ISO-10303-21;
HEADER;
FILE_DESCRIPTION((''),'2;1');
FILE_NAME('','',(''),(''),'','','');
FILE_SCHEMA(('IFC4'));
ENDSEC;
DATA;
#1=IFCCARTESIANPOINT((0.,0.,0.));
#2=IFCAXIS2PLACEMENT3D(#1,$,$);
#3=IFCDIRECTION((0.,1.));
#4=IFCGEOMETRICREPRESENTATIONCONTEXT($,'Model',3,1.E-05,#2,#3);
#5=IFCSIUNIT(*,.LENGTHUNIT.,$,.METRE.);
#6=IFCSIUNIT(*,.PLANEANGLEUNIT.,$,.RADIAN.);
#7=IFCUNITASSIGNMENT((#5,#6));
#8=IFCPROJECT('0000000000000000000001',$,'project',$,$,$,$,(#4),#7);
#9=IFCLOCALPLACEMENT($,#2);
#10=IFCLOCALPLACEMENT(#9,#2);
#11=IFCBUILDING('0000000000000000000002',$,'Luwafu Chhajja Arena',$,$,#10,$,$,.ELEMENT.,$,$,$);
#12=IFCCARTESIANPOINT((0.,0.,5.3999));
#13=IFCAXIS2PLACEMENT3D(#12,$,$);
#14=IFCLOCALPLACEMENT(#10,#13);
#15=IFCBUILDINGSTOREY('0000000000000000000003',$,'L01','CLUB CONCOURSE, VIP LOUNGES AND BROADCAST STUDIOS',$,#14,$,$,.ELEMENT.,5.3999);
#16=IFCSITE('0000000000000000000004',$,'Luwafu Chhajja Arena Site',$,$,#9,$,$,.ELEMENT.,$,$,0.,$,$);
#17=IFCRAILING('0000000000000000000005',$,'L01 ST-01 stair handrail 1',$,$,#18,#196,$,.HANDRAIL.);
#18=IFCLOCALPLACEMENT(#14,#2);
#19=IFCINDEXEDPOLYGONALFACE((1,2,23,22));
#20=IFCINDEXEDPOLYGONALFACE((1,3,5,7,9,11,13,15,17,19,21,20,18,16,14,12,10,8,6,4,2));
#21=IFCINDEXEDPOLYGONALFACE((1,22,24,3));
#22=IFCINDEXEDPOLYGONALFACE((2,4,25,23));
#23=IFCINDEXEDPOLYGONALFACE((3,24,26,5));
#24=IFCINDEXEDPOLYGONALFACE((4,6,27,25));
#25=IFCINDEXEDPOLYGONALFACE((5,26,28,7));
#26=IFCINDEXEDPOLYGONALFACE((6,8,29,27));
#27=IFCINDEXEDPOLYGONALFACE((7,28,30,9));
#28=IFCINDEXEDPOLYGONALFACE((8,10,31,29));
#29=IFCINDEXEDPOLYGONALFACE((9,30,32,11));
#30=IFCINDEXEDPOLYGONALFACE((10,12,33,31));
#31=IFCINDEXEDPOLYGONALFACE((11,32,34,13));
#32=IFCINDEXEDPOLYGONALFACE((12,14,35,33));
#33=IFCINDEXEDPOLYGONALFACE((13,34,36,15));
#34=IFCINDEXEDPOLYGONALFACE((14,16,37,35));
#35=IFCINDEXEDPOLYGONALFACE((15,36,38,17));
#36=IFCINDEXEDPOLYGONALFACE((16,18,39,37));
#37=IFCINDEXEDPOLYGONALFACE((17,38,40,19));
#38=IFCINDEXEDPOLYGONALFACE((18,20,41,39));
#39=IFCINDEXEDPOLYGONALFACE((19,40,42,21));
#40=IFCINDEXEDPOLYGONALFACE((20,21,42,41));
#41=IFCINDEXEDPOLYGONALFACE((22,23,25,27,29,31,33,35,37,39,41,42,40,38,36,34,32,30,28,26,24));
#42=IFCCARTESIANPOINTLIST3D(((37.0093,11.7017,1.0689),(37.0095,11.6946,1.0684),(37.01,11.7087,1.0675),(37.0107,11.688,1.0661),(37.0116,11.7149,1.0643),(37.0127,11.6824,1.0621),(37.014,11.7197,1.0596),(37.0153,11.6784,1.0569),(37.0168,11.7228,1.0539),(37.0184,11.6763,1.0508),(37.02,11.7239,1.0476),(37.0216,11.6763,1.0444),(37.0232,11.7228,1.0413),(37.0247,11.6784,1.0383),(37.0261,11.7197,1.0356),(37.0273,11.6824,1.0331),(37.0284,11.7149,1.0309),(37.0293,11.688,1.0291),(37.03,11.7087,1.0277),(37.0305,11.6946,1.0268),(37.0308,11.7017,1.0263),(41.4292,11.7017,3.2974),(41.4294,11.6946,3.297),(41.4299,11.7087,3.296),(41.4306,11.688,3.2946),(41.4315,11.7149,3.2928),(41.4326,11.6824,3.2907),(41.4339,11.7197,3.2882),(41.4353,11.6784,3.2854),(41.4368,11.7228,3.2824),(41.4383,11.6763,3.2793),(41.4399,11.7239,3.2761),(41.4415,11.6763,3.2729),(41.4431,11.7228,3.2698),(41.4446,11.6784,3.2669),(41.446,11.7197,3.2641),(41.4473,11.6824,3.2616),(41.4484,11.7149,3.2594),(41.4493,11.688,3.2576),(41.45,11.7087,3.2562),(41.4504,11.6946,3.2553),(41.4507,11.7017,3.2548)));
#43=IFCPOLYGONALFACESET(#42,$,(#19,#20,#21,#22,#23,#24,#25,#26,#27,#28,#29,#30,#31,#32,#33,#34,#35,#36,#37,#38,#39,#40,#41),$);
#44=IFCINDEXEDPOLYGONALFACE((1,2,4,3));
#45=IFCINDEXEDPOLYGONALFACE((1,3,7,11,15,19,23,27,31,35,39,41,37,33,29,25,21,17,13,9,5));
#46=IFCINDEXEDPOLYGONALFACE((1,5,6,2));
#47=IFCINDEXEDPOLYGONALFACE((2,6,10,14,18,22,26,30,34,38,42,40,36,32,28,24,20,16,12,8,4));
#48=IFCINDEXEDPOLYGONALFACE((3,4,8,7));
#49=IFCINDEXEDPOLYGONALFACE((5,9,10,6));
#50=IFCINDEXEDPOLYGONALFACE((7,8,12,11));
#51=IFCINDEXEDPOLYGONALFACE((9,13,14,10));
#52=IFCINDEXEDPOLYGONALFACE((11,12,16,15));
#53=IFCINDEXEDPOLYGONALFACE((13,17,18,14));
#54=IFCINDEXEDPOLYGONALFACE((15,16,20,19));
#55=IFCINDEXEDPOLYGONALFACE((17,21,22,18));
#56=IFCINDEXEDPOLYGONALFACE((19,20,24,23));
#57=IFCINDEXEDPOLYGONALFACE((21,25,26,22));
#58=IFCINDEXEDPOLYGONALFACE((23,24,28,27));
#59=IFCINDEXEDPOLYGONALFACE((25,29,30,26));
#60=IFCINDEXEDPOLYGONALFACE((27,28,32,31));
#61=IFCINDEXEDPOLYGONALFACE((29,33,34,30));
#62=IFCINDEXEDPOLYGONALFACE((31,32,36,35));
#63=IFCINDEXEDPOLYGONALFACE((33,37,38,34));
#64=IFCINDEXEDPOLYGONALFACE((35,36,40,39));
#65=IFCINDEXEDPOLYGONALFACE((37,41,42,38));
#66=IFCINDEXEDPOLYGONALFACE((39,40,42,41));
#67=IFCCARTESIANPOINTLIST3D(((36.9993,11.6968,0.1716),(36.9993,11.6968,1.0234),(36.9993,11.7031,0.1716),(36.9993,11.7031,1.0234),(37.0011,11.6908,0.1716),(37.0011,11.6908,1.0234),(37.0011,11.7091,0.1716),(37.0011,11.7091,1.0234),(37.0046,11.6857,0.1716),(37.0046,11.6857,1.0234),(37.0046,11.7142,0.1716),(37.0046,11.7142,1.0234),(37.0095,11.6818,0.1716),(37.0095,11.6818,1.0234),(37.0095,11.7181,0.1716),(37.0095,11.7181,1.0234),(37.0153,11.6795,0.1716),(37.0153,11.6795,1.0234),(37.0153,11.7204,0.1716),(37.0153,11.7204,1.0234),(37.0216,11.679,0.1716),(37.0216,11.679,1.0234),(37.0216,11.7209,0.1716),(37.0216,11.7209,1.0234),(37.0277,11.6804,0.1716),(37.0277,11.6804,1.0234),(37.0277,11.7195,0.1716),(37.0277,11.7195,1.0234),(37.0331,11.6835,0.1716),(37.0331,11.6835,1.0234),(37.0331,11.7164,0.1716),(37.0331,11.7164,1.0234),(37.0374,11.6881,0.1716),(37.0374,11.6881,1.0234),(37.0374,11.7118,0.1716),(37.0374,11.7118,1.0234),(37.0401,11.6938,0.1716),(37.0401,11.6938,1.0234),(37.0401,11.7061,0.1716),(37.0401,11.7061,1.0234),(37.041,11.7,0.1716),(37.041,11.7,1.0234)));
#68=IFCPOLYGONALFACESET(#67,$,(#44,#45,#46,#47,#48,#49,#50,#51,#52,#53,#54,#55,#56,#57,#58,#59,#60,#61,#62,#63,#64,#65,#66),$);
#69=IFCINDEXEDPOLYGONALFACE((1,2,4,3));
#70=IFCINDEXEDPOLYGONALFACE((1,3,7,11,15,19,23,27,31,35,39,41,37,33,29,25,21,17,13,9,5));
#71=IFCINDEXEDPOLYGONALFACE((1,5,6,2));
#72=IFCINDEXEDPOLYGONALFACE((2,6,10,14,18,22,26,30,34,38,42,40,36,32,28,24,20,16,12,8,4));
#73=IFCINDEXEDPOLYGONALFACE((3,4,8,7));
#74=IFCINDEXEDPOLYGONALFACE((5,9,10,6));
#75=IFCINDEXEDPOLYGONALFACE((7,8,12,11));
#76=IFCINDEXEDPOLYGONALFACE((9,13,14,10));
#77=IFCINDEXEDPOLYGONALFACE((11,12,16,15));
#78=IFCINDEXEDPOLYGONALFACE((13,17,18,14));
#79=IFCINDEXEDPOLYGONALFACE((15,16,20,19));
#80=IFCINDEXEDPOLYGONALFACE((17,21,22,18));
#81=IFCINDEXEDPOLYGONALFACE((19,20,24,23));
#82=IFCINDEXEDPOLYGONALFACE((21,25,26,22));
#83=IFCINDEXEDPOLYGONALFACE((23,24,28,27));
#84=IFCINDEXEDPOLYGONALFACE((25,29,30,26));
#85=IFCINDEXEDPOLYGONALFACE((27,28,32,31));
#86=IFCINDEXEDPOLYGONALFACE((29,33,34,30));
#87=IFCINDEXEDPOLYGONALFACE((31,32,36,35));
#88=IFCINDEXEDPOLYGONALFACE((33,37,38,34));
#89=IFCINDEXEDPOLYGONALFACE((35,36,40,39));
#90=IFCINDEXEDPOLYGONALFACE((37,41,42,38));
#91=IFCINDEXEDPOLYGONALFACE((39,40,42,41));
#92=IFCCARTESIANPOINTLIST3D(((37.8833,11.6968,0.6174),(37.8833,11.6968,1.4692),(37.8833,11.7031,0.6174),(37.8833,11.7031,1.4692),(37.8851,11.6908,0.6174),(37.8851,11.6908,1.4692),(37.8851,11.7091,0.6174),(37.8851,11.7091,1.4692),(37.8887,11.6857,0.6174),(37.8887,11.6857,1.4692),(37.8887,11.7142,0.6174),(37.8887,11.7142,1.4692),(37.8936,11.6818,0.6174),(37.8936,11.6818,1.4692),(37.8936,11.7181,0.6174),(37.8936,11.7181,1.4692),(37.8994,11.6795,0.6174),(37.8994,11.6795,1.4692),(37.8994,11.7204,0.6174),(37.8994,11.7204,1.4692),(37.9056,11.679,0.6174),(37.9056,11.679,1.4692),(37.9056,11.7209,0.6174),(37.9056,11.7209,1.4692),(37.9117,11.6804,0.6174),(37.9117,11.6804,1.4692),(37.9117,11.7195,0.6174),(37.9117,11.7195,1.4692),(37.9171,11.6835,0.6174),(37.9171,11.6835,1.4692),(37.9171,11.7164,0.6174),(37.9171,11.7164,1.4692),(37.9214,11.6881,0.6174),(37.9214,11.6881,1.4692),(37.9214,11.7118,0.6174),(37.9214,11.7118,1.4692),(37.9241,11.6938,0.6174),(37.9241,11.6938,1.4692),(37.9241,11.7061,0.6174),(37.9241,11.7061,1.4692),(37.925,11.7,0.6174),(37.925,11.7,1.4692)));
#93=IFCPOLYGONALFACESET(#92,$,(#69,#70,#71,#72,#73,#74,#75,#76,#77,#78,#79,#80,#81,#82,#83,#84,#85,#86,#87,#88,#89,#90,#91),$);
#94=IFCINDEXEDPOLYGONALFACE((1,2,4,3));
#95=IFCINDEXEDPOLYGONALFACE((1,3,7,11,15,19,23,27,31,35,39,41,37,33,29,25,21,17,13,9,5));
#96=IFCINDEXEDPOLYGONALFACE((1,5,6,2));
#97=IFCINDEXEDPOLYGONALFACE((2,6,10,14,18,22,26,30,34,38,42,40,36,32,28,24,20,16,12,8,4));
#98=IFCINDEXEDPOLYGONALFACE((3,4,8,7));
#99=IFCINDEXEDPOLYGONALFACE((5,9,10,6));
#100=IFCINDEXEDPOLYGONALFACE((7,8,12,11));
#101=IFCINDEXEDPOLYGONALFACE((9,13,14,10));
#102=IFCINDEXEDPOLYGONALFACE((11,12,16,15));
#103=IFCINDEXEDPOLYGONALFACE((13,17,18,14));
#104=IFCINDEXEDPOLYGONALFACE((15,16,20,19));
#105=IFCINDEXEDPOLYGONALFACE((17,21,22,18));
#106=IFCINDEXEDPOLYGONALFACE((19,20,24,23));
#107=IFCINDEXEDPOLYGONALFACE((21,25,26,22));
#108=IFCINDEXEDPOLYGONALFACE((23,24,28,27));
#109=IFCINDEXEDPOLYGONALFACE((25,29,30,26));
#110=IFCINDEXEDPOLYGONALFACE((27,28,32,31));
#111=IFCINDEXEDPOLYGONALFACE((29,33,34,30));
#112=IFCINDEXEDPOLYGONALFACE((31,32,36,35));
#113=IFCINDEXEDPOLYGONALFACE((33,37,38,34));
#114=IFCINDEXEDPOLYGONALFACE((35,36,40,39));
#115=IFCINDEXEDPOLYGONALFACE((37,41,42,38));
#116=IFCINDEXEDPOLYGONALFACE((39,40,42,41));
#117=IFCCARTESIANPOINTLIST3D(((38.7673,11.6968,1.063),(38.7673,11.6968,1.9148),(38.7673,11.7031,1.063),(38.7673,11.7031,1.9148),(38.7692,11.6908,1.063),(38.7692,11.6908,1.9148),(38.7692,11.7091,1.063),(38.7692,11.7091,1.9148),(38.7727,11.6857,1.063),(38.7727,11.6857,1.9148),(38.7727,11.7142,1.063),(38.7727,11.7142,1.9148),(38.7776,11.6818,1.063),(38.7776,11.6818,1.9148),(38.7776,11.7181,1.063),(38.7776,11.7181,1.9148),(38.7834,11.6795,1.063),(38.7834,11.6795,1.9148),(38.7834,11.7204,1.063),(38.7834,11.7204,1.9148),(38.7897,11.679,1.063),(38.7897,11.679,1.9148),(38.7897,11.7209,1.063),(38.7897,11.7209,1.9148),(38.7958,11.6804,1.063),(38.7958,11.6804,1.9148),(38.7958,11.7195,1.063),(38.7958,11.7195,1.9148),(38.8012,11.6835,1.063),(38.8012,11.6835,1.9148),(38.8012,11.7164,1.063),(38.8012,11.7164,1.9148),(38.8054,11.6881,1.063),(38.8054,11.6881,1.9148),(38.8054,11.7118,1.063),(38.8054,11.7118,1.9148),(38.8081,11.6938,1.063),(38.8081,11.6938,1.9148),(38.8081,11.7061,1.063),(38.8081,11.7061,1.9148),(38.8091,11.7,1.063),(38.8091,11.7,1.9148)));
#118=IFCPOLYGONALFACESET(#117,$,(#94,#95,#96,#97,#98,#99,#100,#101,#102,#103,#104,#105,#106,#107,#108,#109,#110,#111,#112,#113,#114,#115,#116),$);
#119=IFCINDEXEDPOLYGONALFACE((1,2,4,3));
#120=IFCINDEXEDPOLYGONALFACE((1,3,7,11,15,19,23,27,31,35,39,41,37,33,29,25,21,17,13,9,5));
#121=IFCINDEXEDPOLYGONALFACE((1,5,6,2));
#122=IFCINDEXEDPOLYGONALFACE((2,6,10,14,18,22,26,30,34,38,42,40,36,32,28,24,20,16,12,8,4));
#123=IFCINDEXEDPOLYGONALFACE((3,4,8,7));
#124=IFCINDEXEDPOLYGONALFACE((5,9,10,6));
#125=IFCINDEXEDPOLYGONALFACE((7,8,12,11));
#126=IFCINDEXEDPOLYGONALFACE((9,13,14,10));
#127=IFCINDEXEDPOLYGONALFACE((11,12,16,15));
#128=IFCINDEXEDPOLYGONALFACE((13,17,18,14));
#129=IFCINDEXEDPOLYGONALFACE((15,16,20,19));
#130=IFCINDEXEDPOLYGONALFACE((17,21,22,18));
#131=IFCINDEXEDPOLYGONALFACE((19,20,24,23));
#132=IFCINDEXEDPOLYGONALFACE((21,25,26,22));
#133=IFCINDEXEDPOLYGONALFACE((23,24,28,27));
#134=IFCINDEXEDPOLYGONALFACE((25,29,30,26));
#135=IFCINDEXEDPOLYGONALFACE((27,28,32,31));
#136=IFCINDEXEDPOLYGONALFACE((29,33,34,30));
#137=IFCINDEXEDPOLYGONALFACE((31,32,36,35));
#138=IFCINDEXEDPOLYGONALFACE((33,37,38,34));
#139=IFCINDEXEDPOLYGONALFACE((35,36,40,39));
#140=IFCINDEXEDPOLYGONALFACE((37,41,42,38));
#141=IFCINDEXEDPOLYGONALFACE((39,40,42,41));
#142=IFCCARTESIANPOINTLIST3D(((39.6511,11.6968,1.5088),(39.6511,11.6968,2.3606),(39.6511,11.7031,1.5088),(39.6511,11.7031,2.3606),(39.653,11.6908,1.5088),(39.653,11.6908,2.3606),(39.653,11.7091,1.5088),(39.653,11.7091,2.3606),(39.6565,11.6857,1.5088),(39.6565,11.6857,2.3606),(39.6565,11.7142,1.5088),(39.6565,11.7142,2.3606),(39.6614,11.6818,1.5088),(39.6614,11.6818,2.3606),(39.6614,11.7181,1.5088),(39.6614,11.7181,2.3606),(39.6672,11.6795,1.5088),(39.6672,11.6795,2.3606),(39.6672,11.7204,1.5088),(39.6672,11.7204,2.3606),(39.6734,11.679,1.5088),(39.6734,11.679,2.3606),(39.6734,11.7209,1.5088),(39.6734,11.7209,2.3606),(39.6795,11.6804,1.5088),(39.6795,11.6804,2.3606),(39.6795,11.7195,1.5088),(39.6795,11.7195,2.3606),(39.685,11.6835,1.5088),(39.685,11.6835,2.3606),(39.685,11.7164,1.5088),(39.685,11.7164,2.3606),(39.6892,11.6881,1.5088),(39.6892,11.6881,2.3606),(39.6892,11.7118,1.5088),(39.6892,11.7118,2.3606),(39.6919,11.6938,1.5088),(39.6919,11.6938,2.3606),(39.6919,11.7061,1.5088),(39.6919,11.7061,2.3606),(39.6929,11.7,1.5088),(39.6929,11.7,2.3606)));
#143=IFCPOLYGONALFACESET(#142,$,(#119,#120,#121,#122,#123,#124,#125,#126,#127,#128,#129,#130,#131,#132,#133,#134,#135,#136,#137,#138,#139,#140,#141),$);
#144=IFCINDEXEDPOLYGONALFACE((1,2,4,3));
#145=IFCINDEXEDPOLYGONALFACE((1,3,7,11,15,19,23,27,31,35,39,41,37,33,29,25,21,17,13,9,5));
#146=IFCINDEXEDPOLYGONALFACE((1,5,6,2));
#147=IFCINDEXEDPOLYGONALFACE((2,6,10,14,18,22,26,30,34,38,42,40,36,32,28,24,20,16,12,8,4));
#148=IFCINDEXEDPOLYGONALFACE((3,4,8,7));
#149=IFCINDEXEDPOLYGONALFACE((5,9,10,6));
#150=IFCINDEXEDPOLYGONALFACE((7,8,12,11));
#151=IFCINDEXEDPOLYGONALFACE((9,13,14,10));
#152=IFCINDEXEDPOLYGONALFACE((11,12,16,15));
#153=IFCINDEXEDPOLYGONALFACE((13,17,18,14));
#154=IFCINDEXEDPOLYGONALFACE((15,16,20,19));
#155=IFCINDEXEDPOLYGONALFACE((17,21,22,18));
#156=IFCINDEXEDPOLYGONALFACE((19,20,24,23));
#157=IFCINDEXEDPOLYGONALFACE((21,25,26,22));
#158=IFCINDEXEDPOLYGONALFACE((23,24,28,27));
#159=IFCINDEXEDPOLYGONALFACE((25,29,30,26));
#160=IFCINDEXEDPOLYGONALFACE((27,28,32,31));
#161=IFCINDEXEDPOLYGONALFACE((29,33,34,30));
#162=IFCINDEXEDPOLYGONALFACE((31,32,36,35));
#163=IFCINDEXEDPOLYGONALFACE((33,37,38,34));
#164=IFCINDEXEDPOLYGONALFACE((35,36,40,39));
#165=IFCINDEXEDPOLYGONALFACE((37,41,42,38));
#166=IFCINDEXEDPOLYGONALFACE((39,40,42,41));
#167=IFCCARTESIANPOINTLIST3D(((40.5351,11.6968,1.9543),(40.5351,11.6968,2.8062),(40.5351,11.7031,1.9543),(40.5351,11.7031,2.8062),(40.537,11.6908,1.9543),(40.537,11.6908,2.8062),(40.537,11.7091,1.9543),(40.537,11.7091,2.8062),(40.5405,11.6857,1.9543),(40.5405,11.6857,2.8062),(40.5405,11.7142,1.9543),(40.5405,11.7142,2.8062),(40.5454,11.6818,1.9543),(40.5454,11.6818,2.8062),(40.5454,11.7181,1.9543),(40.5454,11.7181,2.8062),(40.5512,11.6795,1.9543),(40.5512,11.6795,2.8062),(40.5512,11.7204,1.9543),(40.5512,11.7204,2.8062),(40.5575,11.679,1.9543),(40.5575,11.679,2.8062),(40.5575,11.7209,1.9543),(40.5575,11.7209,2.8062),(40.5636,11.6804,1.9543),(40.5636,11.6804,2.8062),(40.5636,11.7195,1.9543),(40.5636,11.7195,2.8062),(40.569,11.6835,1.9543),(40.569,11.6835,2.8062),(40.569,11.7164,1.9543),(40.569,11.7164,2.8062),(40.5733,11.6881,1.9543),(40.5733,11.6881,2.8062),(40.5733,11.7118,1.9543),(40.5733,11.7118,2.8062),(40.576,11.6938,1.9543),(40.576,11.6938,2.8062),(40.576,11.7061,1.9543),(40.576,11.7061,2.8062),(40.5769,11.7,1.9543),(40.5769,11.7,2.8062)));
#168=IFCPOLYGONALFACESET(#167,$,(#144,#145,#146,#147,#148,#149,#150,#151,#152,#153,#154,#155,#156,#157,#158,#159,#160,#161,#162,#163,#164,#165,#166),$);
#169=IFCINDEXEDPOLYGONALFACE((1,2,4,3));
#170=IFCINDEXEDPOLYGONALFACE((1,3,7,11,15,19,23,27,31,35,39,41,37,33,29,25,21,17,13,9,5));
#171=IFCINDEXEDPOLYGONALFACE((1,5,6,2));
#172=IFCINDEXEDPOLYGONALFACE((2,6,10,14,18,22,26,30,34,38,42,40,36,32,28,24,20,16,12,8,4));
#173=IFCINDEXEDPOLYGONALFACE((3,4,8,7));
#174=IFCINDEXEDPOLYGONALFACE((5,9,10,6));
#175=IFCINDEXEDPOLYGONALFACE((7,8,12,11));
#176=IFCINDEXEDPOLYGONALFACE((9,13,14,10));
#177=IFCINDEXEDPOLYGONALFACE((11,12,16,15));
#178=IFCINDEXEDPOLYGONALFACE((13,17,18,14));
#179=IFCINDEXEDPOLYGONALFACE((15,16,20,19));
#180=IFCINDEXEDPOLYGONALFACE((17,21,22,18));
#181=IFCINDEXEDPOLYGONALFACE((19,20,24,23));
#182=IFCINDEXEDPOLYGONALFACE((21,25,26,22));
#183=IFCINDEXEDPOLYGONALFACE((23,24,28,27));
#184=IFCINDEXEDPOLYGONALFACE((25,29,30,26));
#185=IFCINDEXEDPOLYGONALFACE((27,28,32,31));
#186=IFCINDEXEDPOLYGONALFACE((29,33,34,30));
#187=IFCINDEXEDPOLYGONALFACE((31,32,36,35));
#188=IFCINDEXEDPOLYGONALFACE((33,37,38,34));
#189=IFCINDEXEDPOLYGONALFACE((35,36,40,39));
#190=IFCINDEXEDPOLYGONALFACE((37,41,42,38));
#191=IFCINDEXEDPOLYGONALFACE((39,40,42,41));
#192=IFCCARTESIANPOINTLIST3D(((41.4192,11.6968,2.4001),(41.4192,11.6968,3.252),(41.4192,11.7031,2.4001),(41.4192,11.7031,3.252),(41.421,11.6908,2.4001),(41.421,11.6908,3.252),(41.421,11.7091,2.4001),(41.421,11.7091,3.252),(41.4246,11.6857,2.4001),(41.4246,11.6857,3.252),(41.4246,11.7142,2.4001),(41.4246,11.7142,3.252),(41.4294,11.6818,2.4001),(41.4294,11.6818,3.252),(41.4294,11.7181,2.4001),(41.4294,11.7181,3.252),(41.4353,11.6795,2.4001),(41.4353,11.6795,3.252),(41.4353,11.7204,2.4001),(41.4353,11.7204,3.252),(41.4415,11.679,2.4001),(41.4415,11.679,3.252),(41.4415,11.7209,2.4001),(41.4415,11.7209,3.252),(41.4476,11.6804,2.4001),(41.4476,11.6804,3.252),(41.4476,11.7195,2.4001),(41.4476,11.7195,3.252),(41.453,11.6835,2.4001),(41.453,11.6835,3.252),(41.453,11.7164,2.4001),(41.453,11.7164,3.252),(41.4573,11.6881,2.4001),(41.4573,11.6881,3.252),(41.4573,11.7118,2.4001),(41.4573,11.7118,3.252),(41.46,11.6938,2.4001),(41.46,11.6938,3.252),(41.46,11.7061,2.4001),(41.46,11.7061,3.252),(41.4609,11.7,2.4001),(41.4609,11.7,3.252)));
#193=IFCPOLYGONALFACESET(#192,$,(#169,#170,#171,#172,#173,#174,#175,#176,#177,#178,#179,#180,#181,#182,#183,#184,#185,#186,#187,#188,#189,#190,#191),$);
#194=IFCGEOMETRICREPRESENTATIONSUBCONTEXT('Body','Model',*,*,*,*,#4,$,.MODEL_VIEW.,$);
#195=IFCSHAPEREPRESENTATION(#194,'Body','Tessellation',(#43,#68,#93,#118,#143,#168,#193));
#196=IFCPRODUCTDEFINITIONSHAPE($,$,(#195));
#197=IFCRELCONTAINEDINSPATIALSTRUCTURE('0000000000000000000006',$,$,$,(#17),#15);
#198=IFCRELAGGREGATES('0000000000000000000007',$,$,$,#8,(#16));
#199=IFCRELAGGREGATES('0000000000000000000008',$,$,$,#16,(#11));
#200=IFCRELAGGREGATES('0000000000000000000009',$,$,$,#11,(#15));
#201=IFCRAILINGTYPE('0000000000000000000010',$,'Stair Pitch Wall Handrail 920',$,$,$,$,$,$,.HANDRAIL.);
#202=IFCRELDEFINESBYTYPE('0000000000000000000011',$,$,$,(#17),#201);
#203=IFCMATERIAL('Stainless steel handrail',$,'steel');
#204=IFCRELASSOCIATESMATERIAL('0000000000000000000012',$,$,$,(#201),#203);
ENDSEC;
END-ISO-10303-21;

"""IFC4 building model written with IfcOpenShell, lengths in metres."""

from ifc_helpers import new_model, si_unit, direction, frame, origin, origin_2d, place, context, subcontext, project, spatial, circle, extrude, material, type_object, element, save


model = new_model("IFC4")

# Units and contexts
model_context = context("Model", 3, precision=1e-05, world=origin(), true_north=direction((0.0, 1.0)))
body_context = subcontext(model_context, "Body", "Model", "MODEL_VIEW")
ifc_project = project(units=[si_unit("LENGTHUNIT", "METRE"), si_unit("PLANEANGLEUNIT", "RADIAN")], contexts=[model_context])

# Site, building, storey
site_placement = place(None, origin())
site = spatial("IfcSite", under=ifc_project, at=site_placement, Name="Luwafu Chhajja Arena Site", CompositionType="ELEMENT", RefElevation=0.0)
building_placement = place(site_placement, origin())
building = spatial("IfcBuilding", under=site, at=building_placement, Name="Luwafu Chhajja Arena", CompositionType="ELEMENT")
storey_placement = place(building_placement, frame((0.0, 0.0, 5.3999)))
storey = spatial("IfcBuildingStorey", under=building, at=storey_placement, Name="L01", Description="CLUB CONCOURSE, VIP LOUNGES AND BROADCAST STUDIOS", CompositionType="ELEMENT", Elevation=5.3999)

# Railing
ifc_material_1 = material(Name="Stainless steel handrail", Category="steel")
railing_type_1 = type_object("IfcRailingType", Name="Stair Pitch Wall Handrail 920", PredefinedType="HANDRAIL", material=ifc_material_1)
railing_1_placement = place(storey_placement, frame((37.02, 11.7, 0.1716)))
element("IfcRailing", 1, at=railing_1_placement, inside=storey, type_object=railing_type_1, Name="L01 ST-01 stair handrail 1", PredefinedType="HANDRAIL", context=body_context, shape_type="SweptSolid", body=[
    extrude(circle(Radius=0.0239, at=origin_2d()), frame((0.0, 0.0, 0.876), z_axis=(0.892923, 0.0, 0.45021), x_axis=(0.0, 1.0, 0.0)), (0.0, 0.0, 1.0), 4.95),
    extrude(circle(Radius=0.021, at=origin_2d()), origin(), (0.0, 0.0, 1.0), 0.8518),
    extrude(circle(Radius=0.021, at=origin_2d()), frame((0.884, 0.0, 0.4458)), (0.0, 0.0, 1.0), 0.8518),
    extrude(circle(Radius=0.021, at=origin_2d()), frame((1.7681, 0.0, 0.8914)), (0.0, 0.0, 1.0), 0.8518),
    extrude(circle(Radius=0.021, at=origin_2d()), frame((2.6519, 0.0, 1.3372)), (0.0, 0.0, 1.0), 0.8518),
    extrude(circle(Radius=0.021, at=origin_2d()), frame((3.5359, 0.0, 1.7827)), (0.0, 0.0, 1.0), 0.8518),
    extrude(circle(Radius=0.021, at=origin_2d()), frame((4.4199, 0.0, 2.2285)), (0.0, 0.0, 1.0), 0.8518),
])

save(model, "model.ifc")
